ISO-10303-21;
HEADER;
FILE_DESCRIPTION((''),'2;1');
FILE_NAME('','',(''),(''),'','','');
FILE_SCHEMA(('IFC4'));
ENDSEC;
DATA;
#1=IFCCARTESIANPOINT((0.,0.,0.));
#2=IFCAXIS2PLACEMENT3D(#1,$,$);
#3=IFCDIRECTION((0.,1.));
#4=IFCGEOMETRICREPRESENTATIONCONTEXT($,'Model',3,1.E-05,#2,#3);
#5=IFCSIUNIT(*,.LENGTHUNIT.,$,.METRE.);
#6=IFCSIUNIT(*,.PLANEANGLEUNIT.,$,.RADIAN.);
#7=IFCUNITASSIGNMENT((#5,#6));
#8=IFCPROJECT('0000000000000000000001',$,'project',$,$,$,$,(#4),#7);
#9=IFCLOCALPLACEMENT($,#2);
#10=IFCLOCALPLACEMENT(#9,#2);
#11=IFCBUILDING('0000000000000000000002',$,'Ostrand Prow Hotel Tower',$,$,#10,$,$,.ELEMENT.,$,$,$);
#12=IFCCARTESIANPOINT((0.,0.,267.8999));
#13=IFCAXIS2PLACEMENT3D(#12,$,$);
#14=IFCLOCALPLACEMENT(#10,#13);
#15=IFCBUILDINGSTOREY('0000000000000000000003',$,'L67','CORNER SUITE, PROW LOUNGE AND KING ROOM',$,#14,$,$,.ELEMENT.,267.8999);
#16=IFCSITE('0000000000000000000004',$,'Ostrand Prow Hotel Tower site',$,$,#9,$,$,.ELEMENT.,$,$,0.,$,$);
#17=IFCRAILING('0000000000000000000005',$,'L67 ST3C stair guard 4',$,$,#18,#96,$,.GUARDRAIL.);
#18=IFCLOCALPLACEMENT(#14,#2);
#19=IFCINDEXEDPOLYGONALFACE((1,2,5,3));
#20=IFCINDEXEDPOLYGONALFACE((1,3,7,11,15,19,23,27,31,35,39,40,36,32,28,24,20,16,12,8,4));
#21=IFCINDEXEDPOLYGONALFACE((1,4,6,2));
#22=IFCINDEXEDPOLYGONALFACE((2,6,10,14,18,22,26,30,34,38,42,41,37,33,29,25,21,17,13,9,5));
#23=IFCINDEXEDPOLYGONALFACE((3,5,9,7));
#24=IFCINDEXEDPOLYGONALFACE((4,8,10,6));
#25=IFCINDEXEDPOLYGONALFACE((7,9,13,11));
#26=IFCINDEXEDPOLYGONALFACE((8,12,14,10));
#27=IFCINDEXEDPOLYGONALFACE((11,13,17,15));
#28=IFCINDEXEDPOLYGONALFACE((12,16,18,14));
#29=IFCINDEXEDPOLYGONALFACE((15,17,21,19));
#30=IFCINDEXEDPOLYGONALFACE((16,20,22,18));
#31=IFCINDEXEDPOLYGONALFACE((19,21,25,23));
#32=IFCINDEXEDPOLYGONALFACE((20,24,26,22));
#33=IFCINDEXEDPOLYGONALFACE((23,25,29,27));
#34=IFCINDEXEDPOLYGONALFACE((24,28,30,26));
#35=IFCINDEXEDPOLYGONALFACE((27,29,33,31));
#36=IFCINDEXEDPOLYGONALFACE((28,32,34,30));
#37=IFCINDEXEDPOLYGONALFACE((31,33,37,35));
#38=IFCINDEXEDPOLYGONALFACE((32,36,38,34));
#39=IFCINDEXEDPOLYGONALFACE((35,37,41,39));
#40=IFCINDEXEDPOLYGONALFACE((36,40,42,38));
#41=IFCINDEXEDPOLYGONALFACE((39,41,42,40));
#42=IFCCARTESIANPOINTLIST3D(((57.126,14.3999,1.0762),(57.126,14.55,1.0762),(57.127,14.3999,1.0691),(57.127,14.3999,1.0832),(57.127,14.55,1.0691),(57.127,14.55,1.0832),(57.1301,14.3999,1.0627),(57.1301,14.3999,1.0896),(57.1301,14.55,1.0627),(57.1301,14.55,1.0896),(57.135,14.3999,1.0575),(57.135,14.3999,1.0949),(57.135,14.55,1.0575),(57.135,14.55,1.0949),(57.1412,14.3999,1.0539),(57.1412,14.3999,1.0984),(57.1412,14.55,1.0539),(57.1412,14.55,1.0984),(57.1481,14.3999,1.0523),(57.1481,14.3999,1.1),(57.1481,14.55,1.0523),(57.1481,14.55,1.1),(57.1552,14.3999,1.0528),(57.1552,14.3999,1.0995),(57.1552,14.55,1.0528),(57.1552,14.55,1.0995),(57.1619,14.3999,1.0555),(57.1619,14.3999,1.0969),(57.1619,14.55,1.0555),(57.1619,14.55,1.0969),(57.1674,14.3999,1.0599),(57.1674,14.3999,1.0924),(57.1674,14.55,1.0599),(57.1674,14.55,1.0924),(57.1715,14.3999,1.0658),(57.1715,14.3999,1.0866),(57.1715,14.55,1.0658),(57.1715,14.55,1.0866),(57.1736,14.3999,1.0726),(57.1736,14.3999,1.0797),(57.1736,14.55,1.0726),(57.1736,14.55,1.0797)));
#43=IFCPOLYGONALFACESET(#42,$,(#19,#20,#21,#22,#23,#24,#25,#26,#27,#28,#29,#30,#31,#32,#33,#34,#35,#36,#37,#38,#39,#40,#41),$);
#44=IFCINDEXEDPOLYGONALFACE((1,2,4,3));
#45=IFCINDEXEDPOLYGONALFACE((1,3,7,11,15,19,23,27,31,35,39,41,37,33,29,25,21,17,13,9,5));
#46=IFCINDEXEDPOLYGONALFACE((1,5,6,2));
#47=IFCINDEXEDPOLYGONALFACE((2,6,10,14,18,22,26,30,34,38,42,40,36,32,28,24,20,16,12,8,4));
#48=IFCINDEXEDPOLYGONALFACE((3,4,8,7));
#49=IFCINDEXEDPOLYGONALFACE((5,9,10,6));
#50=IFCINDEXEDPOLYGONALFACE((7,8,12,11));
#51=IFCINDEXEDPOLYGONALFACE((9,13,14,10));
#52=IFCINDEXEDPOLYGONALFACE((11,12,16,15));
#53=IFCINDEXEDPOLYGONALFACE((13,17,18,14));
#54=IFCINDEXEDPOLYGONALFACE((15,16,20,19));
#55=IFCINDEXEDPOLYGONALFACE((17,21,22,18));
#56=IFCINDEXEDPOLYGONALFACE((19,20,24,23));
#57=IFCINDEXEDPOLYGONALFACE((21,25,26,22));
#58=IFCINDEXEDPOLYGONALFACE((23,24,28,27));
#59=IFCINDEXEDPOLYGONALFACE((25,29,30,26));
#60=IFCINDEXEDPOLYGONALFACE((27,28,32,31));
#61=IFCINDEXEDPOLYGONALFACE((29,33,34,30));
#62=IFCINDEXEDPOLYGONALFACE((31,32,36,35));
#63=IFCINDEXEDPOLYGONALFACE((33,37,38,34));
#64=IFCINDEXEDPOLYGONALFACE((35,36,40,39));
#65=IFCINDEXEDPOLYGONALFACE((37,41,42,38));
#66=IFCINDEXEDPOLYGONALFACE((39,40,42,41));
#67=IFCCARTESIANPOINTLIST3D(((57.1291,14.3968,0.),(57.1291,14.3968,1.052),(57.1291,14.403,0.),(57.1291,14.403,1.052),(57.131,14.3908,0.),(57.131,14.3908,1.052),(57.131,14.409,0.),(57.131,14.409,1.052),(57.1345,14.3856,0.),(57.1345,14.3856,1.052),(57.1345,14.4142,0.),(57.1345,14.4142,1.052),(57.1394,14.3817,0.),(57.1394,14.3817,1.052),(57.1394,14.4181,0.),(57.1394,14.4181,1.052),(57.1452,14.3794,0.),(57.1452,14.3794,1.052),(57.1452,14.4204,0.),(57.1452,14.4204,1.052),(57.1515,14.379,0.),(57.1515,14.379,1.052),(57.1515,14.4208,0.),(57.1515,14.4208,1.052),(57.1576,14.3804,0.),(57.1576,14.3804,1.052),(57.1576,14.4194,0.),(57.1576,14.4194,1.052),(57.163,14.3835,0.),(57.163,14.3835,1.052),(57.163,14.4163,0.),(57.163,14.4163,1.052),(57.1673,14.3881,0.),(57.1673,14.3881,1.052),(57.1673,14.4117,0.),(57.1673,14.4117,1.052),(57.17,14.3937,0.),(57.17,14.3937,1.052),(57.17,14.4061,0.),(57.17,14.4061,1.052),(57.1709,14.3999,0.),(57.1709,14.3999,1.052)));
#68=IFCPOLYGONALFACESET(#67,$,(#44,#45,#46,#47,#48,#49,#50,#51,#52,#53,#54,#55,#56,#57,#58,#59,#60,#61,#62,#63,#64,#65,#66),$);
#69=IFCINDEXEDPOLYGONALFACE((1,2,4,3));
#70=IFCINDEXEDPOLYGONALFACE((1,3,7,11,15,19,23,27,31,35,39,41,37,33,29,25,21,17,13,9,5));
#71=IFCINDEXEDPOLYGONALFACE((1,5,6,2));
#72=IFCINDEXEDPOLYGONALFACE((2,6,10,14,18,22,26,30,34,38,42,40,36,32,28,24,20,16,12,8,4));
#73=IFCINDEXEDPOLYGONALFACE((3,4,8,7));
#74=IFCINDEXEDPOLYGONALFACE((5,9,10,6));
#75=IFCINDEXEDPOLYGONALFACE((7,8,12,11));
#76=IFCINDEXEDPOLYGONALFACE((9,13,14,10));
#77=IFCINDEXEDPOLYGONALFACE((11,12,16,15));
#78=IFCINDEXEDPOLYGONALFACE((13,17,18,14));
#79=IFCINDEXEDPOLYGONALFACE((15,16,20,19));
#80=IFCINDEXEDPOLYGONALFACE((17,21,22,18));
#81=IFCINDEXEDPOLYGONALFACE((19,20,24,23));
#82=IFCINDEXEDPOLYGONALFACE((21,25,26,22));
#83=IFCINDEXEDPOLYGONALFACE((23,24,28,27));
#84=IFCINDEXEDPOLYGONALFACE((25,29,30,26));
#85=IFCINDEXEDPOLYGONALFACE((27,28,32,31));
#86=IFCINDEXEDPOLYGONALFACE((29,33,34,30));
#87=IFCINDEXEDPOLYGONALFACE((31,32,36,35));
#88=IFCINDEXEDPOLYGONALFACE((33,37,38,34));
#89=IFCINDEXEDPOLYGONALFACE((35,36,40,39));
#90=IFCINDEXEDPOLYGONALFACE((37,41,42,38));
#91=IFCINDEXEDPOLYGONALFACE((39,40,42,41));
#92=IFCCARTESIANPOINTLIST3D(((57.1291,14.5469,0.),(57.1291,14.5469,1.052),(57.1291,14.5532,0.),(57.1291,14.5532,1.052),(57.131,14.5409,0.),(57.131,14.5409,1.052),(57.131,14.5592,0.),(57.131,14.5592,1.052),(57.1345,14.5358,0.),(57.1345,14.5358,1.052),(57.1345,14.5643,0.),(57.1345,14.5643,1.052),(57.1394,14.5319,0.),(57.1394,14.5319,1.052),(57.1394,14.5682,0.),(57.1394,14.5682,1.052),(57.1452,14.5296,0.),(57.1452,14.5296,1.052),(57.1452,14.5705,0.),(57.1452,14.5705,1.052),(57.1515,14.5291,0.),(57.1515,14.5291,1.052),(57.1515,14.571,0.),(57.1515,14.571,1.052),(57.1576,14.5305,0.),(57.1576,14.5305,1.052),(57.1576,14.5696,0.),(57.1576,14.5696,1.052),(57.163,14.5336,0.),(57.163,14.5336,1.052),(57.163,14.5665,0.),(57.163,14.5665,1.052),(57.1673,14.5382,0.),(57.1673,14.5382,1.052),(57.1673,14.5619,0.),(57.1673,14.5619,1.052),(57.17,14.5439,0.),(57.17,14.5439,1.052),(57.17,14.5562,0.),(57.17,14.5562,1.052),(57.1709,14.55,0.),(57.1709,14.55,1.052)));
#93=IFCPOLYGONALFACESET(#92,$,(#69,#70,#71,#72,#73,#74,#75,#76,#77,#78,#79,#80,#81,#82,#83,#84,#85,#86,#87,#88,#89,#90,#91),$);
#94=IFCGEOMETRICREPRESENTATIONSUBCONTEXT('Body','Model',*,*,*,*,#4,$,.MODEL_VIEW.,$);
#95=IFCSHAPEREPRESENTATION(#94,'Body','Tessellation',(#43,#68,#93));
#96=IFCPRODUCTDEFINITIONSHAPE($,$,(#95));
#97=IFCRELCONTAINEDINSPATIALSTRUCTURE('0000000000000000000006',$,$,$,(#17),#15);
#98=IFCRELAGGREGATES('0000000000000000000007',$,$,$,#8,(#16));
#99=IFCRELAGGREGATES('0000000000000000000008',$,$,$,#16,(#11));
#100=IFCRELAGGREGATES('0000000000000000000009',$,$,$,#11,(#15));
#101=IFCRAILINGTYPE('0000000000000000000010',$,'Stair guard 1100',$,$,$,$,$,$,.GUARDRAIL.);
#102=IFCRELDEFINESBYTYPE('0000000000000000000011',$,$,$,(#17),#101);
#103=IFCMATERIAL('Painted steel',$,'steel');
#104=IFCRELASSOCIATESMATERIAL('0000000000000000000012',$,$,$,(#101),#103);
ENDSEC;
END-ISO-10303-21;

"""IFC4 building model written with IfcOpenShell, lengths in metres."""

from ifc_helpers import new_model, si_unit, direction, frame, origin, origin_2d, place, context, subcontext, project, spatial, circle, extrude, material, type_object, element, save


model = new_model("IFC4")

# Units and contexts
model_context = context("Model", 3, precision=1e-05, world=origin(), true_north=direction((0.0, 1.0)))
body_context = subcontext(model_context, "Body", "Model", "MODEL_VIEW")
ifc_project = project(units=[si_unit("LENGTHUNIT", "METRE"), si_unit("PLANEANGLEUNIT", "RADIAN")], contexts=[model_context])

# Site, building, storey
site_placement = place(None, origin())
site = spatial("IfcSite", under=ifc_project, at=site_placement, Name="Ostrand Prow Hotel Tower site", CompositionType="ELEMENT", RefElevation=0.0)
building_placement = place(site_placement, origin())
building = spatial("IfcBuilding", under=site, at=building_placement, Name="Ostrand Prow Hotel Tower", CompositionType="ELEMENT")
storey_placement = place(building_placement, frame((0.0, 0.0, 267.8999)))
storey = spatial("IfcBuildingStorey", under=building, at=storey_placement, Name="L67", Description="CORNER SUITE, PROW LOUNGE AND KING ROOM", CompositionType="ELEMENT", Elevation=267.8999)

# Railing
ifc_material_1 = material(Name="Painted steel", Category="steel")
railing_type_1 = type_object("IfcRailingType", Name="Stair guard 1100", PredefinedType="GUARDRAIL", material=ifc_material_1)
railing_1_placement = place(storey_placement, frame((57.1499, 14.3999, 0.0)))
element("IfcRailing", 1, at=railing_1_placement, inside=storey, type_object=railing_type_1, Name="L67 ST3C stair guard 4", PredefinedType="GUARDRAIL", context=body_context, shape_type="SweptSolid", body=[
    extrude(circle(Radius=0.0239, at=origin_2d()), frame((0.0, 0.0, 1.0762), z_axis=(0.0, 1.0, 0.0), x_axis=(-1.0, 0.0, 0.0)), (0.0, 0.0, 1.0), 0.1501),
    extrude(circle(Radius=0.021, at=origin_2d()), origin(), (0.0, 0.0, 1.0), 1.052),
    extrude(circle(Radius=0.021, at=origin_2d()), frame((0.0, 0.1501, 0.0)), (0.0, 0.0, 1.0), 1.052),
])

save(model, "model.ifc")
